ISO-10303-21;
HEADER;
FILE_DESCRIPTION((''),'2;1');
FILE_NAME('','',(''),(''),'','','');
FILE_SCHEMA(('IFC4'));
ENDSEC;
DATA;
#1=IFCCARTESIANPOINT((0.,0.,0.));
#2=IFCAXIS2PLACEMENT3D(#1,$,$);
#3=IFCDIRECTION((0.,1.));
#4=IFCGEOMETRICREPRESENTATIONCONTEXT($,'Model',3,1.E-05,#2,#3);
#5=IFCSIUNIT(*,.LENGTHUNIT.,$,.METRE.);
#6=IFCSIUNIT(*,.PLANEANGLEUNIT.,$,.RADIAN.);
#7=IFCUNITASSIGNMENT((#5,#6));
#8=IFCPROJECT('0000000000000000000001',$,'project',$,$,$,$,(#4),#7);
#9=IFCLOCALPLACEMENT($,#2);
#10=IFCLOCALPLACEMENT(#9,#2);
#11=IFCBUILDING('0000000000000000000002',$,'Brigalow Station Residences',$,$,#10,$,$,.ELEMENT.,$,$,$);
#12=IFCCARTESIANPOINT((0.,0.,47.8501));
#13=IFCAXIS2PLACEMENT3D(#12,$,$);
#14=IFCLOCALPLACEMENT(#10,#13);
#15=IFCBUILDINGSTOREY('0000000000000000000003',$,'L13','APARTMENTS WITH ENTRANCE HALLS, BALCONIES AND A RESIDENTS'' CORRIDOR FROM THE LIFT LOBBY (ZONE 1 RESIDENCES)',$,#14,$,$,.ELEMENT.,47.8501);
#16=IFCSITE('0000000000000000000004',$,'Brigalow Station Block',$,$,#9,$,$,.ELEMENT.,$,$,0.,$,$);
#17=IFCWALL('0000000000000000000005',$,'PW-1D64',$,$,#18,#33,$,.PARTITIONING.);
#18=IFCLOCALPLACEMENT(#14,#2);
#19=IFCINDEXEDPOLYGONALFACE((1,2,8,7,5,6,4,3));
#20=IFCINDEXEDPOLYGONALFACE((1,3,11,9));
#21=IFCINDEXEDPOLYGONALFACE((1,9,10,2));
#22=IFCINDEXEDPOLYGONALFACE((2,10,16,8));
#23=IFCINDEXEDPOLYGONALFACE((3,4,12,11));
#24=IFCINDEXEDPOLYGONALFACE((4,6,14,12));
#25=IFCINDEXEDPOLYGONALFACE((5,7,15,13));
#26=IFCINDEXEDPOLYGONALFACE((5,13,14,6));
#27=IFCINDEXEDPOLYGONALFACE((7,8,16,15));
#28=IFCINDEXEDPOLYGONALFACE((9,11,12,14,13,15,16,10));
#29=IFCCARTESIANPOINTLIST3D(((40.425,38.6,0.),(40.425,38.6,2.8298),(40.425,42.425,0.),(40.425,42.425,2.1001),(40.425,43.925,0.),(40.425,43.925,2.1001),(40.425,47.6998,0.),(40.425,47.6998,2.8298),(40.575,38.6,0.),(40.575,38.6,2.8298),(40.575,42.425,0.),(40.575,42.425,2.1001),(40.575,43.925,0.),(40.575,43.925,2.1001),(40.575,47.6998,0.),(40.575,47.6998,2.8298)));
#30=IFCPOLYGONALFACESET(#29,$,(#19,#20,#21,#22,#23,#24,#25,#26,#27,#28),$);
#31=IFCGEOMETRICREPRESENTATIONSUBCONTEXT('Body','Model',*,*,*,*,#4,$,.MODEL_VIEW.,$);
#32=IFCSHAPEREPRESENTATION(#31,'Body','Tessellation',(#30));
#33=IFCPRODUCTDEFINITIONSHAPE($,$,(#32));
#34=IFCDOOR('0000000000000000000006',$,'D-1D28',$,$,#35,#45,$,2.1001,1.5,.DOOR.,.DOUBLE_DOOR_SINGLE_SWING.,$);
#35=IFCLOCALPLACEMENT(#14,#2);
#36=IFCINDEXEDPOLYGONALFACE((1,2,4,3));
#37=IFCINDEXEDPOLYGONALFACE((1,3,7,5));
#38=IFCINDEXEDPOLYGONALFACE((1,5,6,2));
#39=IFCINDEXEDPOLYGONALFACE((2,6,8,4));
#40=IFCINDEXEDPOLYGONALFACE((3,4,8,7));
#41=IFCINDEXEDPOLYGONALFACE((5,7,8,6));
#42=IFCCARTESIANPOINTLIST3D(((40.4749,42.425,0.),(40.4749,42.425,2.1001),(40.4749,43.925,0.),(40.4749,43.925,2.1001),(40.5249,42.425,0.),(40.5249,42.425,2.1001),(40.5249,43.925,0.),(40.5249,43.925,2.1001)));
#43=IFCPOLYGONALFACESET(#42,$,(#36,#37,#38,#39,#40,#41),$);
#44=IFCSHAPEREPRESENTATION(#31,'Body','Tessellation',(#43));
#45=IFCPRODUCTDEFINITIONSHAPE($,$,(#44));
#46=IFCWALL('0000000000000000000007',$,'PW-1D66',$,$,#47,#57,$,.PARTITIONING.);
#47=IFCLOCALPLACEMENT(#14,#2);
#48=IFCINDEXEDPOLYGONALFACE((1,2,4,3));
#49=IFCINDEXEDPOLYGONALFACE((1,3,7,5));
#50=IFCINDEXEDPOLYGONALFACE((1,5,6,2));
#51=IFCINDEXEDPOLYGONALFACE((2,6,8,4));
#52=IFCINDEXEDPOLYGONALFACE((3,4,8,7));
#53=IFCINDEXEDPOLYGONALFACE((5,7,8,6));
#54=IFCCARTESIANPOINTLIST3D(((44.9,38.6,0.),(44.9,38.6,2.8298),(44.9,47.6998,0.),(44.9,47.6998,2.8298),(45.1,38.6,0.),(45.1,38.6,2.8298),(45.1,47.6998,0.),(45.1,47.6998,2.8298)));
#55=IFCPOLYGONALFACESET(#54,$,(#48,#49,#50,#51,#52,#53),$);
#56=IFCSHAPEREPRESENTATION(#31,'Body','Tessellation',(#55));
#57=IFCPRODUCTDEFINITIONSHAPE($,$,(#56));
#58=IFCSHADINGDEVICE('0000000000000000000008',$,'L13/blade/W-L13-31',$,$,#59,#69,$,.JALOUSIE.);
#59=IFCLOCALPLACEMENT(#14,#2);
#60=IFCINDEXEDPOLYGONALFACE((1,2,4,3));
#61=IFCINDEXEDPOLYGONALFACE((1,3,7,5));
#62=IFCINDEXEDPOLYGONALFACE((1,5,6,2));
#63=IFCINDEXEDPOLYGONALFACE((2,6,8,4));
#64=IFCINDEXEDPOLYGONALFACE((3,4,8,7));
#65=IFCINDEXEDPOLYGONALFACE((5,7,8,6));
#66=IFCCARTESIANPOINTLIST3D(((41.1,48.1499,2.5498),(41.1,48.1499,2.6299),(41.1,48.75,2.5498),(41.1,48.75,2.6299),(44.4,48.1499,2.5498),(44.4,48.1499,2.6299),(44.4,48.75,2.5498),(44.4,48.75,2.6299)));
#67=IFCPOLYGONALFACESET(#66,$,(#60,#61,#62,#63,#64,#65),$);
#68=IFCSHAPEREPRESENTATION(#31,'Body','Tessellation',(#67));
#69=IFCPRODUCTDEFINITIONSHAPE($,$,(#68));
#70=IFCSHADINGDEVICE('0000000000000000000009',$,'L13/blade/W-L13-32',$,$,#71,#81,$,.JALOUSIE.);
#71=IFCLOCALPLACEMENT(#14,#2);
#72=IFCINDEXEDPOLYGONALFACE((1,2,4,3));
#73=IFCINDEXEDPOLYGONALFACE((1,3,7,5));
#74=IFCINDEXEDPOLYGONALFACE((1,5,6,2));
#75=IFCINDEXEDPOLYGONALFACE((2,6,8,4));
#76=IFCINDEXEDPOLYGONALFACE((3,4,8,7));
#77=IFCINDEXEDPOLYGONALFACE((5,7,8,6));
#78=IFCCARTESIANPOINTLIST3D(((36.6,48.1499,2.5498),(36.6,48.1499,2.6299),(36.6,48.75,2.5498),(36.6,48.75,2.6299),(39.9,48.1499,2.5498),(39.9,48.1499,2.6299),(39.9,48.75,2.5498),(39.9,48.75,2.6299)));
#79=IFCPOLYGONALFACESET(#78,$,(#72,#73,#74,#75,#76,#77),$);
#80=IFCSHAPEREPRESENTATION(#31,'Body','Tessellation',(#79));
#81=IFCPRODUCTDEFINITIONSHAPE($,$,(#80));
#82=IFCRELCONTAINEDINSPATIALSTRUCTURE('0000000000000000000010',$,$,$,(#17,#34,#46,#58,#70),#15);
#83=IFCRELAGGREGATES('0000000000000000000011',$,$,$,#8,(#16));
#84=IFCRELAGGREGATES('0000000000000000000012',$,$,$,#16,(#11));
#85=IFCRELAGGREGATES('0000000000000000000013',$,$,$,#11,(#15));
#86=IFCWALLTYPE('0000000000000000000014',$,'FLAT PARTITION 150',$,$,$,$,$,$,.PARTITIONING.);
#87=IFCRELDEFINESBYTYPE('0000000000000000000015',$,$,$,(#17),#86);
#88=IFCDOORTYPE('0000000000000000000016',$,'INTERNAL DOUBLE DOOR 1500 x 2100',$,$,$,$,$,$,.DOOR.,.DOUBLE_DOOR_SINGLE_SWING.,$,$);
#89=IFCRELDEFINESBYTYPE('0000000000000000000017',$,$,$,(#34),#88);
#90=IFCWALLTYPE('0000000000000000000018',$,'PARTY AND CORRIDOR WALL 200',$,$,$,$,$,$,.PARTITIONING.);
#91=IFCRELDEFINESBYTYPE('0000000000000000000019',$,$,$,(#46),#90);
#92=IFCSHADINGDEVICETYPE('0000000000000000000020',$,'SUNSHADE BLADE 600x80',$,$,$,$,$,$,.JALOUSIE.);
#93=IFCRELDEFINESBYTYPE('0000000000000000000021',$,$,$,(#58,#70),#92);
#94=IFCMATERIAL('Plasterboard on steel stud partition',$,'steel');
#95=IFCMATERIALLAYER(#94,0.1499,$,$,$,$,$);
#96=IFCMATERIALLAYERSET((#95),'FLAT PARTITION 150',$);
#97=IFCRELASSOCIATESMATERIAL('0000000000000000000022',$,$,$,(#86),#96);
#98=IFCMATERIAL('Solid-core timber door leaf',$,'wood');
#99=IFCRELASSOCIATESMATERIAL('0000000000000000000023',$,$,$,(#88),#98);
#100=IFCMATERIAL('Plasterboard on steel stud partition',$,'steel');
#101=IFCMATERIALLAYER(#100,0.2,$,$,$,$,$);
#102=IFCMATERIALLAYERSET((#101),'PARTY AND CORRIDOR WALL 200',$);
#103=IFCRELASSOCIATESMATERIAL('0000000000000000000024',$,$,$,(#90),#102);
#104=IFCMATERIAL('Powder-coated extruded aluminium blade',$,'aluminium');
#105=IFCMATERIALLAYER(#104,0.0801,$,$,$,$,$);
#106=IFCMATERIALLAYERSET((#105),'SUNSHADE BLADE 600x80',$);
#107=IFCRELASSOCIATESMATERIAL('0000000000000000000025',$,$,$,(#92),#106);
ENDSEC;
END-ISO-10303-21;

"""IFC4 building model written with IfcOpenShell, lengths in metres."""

from ifc_helpers import new_model, si_unit, direction, frame, frame_2d, origin, origin_2d, place, context, subcontext, project, spatial, rectangle, extrude, material, layer, layer_set, type_object, element, fill, save


model = new_model("IFC4")

# Units and contexts
model_context = context("Model", 3, precision=1e-05, world=origin(), true_north=direction((0.0, 1.0)))
body_context = subcontext(model_context, "Body", "Model", "MODEL_VIEW")
ifc_project = project(units=[si_unit("LENGTHUNIT", "METRE"), si_unit("PLANEANGLEUNIT", "RADIAN")], contexts=[model_context])

# Site, building, storey
site_placement = place(None, origin())
site = spatial("IfcSite", under=ifc_project, at=site_placement, Name="Brigalow Station Block", CompositionType="ELEMENT", RefElevation=0.0)
building_placement = place(site_placement, origin())
building = spatial("IfcBuilding", under=site, at=building_placement, Name="Brigalow Station Residences", CompositionType="ELEMENT")
storey_placement = place(building_placement, frame((0.0, 0.0, 47.8501)))
storey = spatial("IfcBuildingStorey", under=building, at=storey_placement, Name="L13", Description="APARTMENTS WITH ENTRANCE HALLS, BALCONIES AND A RESIDENTS' CORRIDOR FROM THE LIFT LOBBY (ZONE 1 RESIDENCES)", CompositionType="ELEMENT", Elevation=47.8501)

# Wall, opening, door
ifc_material_1 = material(Name="Plasterboard on steel stud partition", Category="steel")
ifc_layer_1 = layer(ifc_material_1, 0.1499)
ifc_layer_set_1 = layer_set([ifc_layer_1], Name="FLAT PARTITION 150")
wall_type_1 = type_object("IfcWallType", Name="FLAT PARTITION 150", PredefinedType="PARTITIONING", material=ifc_layer_set_1)
wall_1_placement = place(storey_placement, frame((40.5, 38.6001, 0.0), z_axis=(0.0, 0.0, 1.0), x_axis=(0.0, 1.0, 0.0)))
wall_1 = element("IfcWall", 1, at=wall_1_placement, inside=storey, type_object=wall_type_1, Name="PW-1D64", PredefinedType="PARTITIONING", context=body_context, shape_type="SweptSolid", body=[
    extrude(rectangle(XDim=9.0999, YDim=0.1499, at=frame_2d((4.5498, 0.0))), origin(), (0.0, 0.0, 1.0), 2.8298),
])
opening_1_placement = place(wall_1_placement, frame((3.825, 0.0, 0.0)))
opening_1 = element("IfcOpeningElement", 2, at=opening_1_placement, cuts=wall_1, PredefinedType="OPENING", context=body_context, shape_type="SweptSolid", body=[
    extrude(rectangle(XDim=1.5, YDim=2.1001, at=frame_2d((0.75, 1.05))), frame((0.0, 0.085, 0.0), z_axis=(0.0, -1.0, 0.0), x_axis=(1.0, 0.0, 0.0)), (0.0, 0.0, 1.0), 0.1699),
])
ifc_material_2 = material(Name="Solid-core timber door leaf", Category="wood")
door_type = type_object("IfcDoorType", Name="INTERNAL DOUBLE DOOR 1500 x 2100", OperationType="DOUBLE_DOOR_SINGLE_SWING", PredefinedType="DOOR", material=ifc_material_2)
door_placement = place(opening_1_placement, frame((1.5, 0.0, 0.0), z_axis=(0.0, 0.0, 1.0), x_axis=(-1.0, 0.0, 0.0)))
door = element("IfcDoor", 3, at=door_placement, inside=storey, type_object=door_type, Name="D-1D28", OperationType="DOUBLE_DOOR_SINGLE_SWING", OverallHeight=2.1001, OverallWidth=1.5, PredefinedType="DOOR", context=body_context, shape_type="SweptSolid", body=[
    extrude(rectangle(XDim=1.5, YDim=2.1001, at=frame_2d((0.75, 1.05))), frame((0.0, 0.0249, 0.0), z_axis=(0.0, -1.0, 0.0), x_axis=(1.0, 0.0, 0.0)), (0.0, 0.0, 1.0), 0.05),
])
fill(opening_1, door)

# Wall
ifc_material_3 = material(Name="Plasterboard on steel stud partition", Category="steel")
ifc_layer_2 = layer(ifc_material_3, 0.2)
ifc_layer_set_2 = layer_set([ifc_layer_2], Name="PARTY AND CORRIDOR WALL 200")
wall_type_2 = type_object("IfcWallType", Name="PARTY AND CORRIDOR WALL 200", PredefinedType="PARTITIONING", material=ifc_layer_set_2)
wall_2_placement = place(storey_placement, frame((45.0, 38.6001, 0.0), z_axis=(0.0, 0.0, 1.0), x_axis=(0.0, 1.0, 0.0)))
element("IfcWall", 4, at=wall_2_placement, inside=storey, type_object=wall_type_2, Name="PW-1D66", PredefinedType="PARTITIONING", context=body_context, shape_type="SweptSolid", body=[
    extrude(rectangle(XDim=9.0999, YDim=0.2, at=frame_2d((4.5498, 0.0))), origin(), (0.0, 0.0, 1.0), 2.8298),
])

# Shading devices
ifc_material_4 = material(Name="Powder-coated extruded aluminium blade", Category="aluminium")
ifc_layer_3 = layer(ifc_material_4, 0.0801)
ifc_layer_set_3 = layer_set([ifc_layer_3], Name="SUNSHADE BLADE 600x80")
shading_device_type = type_object("IfcShadingDeviceType", Name="SUNSHADE BLADE 600x80", PredefinedType="JALOUSIE", material=ifc_layer_set_3)
for number, where, z_axis, x_axis, name in (
    (5, (42.75, 48.45, 2.5498), (0.0, 0.0, 1.0), (-1.0, 0.0, 0.0), "L13/blade/W-L13-31"),
    (6, (38.25, 48.45, 2.5498), (0.0, 0.0, 1.0), (-1.0, 0.0, 0.0), "L13/blade/W-L13-32"),
):
    element("IfcShadingDevice", number, at=place(storey_placement, frame(where, z_axis=z_axis, x_axis=x_axis)), inside=storey, type_object=shading_device_type, Name=name, PredefinedType="JALOUSIE", context=body_context, shape_type="SweptSolid", body=[
        extrude(rectangle(XDim=3.3, YDim=0.6001, at=origin_2d()), origin(), (0.0, 0.0, 1.0), 0.0801),
    ])

save(model, "model.ifc")
